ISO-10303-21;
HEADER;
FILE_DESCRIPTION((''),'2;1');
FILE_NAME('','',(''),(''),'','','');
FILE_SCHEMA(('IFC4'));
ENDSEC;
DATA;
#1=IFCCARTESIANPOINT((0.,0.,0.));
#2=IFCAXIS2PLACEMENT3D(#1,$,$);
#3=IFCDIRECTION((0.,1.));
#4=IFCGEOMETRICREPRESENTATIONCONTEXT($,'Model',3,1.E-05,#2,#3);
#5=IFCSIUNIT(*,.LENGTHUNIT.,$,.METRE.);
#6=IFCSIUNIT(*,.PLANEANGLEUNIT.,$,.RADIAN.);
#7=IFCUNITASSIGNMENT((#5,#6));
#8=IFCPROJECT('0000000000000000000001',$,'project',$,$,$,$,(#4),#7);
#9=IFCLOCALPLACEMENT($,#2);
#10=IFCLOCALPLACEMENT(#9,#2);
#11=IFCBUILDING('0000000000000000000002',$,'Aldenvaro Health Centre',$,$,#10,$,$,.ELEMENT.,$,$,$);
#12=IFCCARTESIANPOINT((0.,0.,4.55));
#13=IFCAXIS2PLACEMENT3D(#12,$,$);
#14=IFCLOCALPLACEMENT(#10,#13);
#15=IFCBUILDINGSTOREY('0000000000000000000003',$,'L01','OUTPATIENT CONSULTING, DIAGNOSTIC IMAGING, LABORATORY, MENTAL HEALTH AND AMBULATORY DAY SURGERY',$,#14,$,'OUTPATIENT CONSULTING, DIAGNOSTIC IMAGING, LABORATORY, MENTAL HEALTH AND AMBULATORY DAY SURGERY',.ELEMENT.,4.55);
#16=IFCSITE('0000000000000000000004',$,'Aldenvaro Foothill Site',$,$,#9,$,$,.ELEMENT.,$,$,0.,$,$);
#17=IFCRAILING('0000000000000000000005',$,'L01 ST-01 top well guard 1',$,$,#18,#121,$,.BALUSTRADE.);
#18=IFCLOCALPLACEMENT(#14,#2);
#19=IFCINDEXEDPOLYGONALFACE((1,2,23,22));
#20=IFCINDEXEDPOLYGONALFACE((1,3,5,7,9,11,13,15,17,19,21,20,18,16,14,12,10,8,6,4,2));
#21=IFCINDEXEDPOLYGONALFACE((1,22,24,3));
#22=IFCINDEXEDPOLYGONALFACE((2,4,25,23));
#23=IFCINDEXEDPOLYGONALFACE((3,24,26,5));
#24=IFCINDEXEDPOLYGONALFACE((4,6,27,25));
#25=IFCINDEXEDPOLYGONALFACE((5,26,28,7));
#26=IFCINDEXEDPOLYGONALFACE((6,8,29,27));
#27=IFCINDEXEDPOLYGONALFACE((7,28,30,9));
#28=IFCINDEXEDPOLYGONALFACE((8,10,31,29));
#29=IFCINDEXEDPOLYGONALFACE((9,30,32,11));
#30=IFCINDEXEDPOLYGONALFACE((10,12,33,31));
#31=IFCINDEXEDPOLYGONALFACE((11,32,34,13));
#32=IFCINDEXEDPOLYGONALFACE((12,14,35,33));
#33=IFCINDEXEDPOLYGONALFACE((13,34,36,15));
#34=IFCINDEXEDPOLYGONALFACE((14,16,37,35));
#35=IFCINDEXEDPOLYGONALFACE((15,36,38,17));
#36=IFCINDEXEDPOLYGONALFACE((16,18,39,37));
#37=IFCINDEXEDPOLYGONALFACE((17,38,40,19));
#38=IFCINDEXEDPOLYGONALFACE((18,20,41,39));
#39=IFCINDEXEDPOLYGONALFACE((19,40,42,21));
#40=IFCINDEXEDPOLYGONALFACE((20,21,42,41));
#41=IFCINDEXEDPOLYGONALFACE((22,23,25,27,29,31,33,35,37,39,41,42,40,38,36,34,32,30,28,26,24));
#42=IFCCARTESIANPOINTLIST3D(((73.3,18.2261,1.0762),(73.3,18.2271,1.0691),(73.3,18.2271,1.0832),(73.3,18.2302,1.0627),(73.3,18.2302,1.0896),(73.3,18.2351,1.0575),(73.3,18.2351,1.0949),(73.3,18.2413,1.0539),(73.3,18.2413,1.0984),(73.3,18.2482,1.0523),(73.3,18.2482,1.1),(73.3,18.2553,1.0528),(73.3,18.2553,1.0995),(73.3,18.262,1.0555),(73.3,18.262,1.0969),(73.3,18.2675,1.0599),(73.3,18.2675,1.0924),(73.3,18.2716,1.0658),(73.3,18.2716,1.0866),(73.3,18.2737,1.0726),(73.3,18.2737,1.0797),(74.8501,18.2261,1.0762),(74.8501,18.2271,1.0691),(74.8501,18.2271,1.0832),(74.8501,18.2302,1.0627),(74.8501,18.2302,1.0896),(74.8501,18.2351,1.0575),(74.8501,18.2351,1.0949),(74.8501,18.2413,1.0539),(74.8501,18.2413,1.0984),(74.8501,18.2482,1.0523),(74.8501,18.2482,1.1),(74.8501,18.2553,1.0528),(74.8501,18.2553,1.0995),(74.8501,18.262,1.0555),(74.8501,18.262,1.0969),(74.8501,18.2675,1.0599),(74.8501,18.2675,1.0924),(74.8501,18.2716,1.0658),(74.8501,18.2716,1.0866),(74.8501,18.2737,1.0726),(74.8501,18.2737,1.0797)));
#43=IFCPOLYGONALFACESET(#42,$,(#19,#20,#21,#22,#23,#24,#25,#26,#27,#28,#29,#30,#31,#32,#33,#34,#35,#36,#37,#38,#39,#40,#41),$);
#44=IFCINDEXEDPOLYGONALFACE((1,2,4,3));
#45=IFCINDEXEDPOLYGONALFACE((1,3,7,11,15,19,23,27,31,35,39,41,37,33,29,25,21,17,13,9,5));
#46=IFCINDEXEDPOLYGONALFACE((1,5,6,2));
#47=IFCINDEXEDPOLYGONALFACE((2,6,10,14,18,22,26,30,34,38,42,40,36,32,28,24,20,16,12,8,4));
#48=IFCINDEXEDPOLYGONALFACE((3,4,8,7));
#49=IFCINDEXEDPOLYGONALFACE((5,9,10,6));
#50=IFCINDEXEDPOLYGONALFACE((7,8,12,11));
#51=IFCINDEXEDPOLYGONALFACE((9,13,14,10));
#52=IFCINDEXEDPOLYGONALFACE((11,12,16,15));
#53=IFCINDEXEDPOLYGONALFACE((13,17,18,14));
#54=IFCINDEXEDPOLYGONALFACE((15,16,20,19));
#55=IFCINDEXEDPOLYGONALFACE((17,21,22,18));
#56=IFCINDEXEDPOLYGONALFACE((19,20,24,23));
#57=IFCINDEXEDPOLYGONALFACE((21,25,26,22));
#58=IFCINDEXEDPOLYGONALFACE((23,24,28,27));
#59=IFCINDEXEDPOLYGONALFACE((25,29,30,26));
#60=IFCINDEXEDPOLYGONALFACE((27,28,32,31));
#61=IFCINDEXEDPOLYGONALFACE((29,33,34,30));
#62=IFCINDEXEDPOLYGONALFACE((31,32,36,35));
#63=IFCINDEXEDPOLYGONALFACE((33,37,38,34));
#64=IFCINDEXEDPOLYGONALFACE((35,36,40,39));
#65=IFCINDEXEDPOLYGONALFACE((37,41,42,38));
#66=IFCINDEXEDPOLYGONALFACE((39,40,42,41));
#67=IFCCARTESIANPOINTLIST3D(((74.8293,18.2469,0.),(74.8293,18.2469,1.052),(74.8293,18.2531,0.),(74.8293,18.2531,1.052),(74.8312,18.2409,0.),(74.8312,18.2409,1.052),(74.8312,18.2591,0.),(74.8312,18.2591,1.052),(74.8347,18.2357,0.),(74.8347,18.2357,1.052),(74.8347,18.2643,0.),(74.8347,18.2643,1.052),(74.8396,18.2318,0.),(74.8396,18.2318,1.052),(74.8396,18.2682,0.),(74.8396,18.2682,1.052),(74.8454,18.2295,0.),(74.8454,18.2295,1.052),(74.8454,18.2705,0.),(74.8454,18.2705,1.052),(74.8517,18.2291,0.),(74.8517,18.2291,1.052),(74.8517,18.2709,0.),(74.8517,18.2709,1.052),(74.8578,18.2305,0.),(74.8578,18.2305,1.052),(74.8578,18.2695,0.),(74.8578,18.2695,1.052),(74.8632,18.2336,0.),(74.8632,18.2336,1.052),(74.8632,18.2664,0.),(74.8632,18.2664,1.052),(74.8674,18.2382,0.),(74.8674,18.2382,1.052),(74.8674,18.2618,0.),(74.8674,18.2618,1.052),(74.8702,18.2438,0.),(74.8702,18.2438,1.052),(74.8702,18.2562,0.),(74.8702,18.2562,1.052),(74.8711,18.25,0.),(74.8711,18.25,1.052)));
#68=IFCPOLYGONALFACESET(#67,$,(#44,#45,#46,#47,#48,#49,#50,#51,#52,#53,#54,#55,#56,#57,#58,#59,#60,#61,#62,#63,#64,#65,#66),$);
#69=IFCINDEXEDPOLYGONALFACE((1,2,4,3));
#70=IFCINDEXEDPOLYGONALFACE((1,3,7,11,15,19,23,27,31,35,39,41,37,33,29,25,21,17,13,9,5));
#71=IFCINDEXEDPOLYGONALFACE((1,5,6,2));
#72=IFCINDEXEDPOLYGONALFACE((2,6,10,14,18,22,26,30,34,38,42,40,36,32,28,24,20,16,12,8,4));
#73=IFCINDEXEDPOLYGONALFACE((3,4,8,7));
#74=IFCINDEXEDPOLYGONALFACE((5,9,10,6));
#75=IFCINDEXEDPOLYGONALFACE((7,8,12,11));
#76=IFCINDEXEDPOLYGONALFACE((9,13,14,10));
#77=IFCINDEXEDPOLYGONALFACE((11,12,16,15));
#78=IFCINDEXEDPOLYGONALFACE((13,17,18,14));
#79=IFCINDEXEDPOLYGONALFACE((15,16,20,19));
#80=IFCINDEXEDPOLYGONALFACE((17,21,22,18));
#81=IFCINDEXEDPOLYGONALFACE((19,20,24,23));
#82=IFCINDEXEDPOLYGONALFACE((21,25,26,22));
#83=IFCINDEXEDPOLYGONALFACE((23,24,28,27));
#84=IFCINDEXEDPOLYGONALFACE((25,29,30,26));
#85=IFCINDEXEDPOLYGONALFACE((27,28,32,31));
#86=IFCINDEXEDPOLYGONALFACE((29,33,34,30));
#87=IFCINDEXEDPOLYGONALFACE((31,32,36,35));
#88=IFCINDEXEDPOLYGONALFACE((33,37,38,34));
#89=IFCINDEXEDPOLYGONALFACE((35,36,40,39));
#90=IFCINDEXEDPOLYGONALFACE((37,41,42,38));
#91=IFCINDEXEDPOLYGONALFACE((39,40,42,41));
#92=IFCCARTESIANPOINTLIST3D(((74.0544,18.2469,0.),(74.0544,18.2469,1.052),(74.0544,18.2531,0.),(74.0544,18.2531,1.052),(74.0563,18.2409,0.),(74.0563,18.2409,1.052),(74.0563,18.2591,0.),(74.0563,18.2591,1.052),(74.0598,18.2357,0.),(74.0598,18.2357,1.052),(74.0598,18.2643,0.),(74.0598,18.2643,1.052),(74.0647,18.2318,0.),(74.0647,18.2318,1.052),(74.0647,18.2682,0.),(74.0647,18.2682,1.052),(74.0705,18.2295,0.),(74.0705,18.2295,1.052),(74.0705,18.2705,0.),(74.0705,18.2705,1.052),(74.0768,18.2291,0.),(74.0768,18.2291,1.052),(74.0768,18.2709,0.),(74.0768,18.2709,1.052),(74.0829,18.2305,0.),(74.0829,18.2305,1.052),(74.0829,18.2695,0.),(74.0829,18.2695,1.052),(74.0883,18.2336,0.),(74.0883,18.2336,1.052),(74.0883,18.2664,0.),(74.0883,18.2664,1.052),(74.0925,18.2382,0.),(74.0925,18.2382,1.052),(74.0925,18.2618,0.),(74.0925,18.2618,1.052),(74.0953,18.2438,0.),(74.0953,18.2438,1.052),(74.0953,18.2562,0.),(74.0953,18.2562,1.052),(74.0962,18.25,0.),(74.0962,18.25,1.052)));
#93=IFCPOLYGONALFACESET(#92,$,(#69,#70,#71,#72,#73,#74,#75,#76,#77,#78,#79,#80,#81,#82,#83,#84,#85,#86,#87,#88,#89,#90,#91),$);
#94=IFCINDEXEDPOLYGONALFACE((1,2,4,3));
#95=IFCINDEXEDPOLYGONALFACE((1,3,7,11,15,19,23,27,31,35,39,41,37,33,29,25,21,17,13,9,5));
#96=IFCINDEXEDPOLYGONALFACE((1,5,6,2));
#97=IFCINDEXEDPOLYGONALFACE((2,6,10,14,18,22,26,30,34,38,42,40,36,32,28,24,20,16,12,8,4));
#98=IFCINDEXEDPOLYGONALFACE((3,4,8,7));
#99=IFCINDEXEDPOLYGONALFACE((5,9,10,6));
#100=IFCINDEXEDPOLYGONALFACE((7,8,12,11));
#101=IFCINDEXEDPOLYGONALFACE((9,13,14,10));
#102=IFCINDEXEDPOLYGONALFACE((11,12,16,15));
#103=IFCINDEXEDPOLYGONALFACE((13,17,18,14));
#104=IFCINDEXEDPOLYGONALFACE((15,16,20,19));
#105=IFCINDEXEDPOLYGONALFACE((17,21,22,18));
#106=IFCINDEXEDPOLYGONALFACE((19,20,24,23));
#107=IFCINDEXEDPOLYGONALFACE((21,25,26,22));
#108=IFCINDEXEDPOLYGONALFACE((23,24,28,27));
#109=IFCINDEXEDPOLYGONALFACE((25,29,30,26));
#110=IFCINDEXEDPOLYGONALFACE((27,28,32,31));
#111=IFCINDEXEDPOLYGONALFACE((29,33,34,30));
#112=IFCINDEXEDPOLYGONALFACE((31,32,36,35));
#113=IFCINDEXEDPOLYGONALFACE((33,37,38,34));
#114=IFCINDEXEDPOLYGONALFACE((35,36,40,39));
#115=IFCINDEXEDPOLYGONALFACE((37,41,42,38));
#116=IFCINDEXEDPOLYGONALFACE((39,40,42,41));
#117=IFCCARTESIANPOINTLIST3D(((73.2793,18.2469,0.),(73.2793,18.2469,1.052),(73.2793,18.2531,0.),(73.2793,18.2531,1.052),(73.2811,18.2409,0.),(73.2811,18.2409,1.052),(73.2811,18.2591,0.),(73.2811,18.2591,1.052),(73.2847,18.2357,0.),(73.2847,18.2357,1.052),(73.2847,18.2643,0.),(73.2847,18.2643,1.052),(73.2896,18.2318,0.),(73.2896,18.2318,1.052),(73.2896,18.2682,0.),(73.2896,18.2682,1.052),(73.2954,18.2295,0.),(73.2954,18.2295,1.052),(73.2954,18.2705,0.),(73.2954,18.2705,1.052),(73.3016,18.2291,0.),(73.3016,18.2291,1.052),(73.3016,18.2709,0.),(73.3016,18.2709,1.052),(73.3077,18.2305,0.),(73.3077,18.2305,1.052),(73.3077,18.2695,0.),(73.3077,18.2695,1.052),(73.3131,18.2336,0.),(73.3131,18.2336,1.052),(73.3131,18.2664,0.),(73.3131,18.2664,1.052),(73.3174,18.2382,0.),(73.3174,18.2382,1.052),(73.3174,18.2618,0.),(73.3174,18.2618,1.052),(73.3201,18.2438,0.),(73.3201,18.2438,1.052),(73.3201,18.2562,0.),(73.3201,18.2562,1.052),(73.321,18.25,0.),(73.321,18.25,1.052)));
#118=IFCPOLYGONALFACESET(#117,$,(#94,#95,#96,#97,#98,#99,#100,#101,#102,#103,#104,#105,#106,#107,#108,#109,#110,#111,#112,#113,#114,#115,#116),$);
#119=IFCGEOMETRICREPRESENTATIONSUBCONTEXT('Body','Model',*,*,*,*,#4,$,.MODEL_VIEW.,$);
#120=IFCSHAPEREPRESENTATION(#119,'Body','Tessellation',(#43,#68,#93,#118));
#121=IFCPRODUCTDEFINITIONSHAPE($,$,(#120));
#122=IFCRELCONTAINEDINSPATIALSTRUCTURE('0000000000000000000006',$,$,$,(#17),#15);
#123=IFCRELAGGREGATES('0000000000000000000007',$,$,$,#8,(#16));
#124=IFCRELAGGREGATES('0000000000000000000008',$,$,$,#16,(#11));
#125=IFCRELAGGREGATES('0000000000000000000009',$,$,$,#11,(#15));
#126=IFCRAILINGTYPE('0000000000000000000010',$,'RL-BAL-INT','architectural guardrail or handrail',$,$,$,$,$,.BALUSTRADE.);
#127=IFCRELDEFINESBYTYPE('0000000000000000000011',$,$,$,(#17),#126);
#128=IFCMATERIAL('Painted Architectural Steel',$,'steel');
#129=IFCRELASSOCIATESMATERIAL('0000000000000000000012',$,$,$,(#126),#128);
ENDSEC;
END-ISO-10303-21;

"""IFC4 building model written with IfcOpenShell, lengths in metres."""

from ifc_helpers import new_model, si_unit, direction, frame, origin, origin_2d, place, context, subcontext, project, spatial, circle, extrude, material, type_object, element, save


model = new_model("IFC4")

# Units and contexts
model_context = context("Model", 3, precision=1e-05, world=origin(), true_north=direction((0.0, 1.0)))
body_context = subcontext(model_context, "Body", "Model", "MODEL_VIEW")
ifc_project = project(units=[si_unit("LENGTHUNIT", "METRE"), si_unit("PLANEANGLEUNIT", "RADIAN")], contexts=[model_context])

# Site, building, storey
site_placement = place(None, origin())
site = spatial("IfcSite", under=ifc_project, at=site_placement, Name="Aldenvaro Foothill Site", CompositionType="ELEMENT", RefElevation=0.0)
building_placement = place(site_placement, origin())
building = spatial("IfcBuilding", under=site, at=building_placement, Name="Aldenvaro Health Centre", CompositionType="ELEMENT")
storey_placement = place(building_placement, frame((0.0, 0.0, 4.55)))
storey = spatial("IfcBuildingStorey", under=building, at=storey_placement, Name="L01", Description="OUTPATIENT CONSULTING, DIAGNOSTIC IMAGING, LABORATORY, MENTAL HEALTH AND AMBULATORY DAY SURGERY", LongName="OUTPATIENT CONSULTING, DIAGNOSTIC IMAGING, LABORATORY, MENTAL HEALTH AND AMBULATORY DAY SURGERY", CompositionType="ELEMENT", Elevation=4.55)

# Railing
ifc_material_1 = material(Name="Painted Architectural Steel", Category="steel")
railing_type = type_object("IfcRailingType", Name="RL-BAL-INT", Description="architectural guardrail or handrail", PredefinedType="BALUSTRADE", material=ifc_material_1)
railing_placement = place(storey_placement, frame((74.8501, 18.25, 0.0)))
element("IfcRailing", 1, at=railing_placement, inside=storey, type_object=railing_type, Name="L01 ST-01 top well guard 1", PredefinedType="BALUSTRADE", context=body_context, shape_type="SweptSolid", body=[
    extrude(circle(Radius=0.0239, at=origin_2d()), frame((0.0, 0.0, 1.0762), z_axis=(-1.0, 0.0, 0.0), x_axis=(0.0, -1.0, 0.0)), (0.0, 0.0, 1.0), 1.55),
    extrude(circle(Radius=0.021, at=origin_2d()), origin(), (0.0, 0.0, 1.0), 1.052),
    extrude(circle(Radius=0.021, at=origin_2d()), frame((-0.7749, 0.0, 0.0)), (0.0, 0.0, 1.0), 1.052),
    extrude(circle(Radius=0.021, at=origin_2d()), frame((-1.55, 0.0, 0.0)), (0.0, 0.0, 1.0), 1.052),
])

save(model, "model.ifc")
